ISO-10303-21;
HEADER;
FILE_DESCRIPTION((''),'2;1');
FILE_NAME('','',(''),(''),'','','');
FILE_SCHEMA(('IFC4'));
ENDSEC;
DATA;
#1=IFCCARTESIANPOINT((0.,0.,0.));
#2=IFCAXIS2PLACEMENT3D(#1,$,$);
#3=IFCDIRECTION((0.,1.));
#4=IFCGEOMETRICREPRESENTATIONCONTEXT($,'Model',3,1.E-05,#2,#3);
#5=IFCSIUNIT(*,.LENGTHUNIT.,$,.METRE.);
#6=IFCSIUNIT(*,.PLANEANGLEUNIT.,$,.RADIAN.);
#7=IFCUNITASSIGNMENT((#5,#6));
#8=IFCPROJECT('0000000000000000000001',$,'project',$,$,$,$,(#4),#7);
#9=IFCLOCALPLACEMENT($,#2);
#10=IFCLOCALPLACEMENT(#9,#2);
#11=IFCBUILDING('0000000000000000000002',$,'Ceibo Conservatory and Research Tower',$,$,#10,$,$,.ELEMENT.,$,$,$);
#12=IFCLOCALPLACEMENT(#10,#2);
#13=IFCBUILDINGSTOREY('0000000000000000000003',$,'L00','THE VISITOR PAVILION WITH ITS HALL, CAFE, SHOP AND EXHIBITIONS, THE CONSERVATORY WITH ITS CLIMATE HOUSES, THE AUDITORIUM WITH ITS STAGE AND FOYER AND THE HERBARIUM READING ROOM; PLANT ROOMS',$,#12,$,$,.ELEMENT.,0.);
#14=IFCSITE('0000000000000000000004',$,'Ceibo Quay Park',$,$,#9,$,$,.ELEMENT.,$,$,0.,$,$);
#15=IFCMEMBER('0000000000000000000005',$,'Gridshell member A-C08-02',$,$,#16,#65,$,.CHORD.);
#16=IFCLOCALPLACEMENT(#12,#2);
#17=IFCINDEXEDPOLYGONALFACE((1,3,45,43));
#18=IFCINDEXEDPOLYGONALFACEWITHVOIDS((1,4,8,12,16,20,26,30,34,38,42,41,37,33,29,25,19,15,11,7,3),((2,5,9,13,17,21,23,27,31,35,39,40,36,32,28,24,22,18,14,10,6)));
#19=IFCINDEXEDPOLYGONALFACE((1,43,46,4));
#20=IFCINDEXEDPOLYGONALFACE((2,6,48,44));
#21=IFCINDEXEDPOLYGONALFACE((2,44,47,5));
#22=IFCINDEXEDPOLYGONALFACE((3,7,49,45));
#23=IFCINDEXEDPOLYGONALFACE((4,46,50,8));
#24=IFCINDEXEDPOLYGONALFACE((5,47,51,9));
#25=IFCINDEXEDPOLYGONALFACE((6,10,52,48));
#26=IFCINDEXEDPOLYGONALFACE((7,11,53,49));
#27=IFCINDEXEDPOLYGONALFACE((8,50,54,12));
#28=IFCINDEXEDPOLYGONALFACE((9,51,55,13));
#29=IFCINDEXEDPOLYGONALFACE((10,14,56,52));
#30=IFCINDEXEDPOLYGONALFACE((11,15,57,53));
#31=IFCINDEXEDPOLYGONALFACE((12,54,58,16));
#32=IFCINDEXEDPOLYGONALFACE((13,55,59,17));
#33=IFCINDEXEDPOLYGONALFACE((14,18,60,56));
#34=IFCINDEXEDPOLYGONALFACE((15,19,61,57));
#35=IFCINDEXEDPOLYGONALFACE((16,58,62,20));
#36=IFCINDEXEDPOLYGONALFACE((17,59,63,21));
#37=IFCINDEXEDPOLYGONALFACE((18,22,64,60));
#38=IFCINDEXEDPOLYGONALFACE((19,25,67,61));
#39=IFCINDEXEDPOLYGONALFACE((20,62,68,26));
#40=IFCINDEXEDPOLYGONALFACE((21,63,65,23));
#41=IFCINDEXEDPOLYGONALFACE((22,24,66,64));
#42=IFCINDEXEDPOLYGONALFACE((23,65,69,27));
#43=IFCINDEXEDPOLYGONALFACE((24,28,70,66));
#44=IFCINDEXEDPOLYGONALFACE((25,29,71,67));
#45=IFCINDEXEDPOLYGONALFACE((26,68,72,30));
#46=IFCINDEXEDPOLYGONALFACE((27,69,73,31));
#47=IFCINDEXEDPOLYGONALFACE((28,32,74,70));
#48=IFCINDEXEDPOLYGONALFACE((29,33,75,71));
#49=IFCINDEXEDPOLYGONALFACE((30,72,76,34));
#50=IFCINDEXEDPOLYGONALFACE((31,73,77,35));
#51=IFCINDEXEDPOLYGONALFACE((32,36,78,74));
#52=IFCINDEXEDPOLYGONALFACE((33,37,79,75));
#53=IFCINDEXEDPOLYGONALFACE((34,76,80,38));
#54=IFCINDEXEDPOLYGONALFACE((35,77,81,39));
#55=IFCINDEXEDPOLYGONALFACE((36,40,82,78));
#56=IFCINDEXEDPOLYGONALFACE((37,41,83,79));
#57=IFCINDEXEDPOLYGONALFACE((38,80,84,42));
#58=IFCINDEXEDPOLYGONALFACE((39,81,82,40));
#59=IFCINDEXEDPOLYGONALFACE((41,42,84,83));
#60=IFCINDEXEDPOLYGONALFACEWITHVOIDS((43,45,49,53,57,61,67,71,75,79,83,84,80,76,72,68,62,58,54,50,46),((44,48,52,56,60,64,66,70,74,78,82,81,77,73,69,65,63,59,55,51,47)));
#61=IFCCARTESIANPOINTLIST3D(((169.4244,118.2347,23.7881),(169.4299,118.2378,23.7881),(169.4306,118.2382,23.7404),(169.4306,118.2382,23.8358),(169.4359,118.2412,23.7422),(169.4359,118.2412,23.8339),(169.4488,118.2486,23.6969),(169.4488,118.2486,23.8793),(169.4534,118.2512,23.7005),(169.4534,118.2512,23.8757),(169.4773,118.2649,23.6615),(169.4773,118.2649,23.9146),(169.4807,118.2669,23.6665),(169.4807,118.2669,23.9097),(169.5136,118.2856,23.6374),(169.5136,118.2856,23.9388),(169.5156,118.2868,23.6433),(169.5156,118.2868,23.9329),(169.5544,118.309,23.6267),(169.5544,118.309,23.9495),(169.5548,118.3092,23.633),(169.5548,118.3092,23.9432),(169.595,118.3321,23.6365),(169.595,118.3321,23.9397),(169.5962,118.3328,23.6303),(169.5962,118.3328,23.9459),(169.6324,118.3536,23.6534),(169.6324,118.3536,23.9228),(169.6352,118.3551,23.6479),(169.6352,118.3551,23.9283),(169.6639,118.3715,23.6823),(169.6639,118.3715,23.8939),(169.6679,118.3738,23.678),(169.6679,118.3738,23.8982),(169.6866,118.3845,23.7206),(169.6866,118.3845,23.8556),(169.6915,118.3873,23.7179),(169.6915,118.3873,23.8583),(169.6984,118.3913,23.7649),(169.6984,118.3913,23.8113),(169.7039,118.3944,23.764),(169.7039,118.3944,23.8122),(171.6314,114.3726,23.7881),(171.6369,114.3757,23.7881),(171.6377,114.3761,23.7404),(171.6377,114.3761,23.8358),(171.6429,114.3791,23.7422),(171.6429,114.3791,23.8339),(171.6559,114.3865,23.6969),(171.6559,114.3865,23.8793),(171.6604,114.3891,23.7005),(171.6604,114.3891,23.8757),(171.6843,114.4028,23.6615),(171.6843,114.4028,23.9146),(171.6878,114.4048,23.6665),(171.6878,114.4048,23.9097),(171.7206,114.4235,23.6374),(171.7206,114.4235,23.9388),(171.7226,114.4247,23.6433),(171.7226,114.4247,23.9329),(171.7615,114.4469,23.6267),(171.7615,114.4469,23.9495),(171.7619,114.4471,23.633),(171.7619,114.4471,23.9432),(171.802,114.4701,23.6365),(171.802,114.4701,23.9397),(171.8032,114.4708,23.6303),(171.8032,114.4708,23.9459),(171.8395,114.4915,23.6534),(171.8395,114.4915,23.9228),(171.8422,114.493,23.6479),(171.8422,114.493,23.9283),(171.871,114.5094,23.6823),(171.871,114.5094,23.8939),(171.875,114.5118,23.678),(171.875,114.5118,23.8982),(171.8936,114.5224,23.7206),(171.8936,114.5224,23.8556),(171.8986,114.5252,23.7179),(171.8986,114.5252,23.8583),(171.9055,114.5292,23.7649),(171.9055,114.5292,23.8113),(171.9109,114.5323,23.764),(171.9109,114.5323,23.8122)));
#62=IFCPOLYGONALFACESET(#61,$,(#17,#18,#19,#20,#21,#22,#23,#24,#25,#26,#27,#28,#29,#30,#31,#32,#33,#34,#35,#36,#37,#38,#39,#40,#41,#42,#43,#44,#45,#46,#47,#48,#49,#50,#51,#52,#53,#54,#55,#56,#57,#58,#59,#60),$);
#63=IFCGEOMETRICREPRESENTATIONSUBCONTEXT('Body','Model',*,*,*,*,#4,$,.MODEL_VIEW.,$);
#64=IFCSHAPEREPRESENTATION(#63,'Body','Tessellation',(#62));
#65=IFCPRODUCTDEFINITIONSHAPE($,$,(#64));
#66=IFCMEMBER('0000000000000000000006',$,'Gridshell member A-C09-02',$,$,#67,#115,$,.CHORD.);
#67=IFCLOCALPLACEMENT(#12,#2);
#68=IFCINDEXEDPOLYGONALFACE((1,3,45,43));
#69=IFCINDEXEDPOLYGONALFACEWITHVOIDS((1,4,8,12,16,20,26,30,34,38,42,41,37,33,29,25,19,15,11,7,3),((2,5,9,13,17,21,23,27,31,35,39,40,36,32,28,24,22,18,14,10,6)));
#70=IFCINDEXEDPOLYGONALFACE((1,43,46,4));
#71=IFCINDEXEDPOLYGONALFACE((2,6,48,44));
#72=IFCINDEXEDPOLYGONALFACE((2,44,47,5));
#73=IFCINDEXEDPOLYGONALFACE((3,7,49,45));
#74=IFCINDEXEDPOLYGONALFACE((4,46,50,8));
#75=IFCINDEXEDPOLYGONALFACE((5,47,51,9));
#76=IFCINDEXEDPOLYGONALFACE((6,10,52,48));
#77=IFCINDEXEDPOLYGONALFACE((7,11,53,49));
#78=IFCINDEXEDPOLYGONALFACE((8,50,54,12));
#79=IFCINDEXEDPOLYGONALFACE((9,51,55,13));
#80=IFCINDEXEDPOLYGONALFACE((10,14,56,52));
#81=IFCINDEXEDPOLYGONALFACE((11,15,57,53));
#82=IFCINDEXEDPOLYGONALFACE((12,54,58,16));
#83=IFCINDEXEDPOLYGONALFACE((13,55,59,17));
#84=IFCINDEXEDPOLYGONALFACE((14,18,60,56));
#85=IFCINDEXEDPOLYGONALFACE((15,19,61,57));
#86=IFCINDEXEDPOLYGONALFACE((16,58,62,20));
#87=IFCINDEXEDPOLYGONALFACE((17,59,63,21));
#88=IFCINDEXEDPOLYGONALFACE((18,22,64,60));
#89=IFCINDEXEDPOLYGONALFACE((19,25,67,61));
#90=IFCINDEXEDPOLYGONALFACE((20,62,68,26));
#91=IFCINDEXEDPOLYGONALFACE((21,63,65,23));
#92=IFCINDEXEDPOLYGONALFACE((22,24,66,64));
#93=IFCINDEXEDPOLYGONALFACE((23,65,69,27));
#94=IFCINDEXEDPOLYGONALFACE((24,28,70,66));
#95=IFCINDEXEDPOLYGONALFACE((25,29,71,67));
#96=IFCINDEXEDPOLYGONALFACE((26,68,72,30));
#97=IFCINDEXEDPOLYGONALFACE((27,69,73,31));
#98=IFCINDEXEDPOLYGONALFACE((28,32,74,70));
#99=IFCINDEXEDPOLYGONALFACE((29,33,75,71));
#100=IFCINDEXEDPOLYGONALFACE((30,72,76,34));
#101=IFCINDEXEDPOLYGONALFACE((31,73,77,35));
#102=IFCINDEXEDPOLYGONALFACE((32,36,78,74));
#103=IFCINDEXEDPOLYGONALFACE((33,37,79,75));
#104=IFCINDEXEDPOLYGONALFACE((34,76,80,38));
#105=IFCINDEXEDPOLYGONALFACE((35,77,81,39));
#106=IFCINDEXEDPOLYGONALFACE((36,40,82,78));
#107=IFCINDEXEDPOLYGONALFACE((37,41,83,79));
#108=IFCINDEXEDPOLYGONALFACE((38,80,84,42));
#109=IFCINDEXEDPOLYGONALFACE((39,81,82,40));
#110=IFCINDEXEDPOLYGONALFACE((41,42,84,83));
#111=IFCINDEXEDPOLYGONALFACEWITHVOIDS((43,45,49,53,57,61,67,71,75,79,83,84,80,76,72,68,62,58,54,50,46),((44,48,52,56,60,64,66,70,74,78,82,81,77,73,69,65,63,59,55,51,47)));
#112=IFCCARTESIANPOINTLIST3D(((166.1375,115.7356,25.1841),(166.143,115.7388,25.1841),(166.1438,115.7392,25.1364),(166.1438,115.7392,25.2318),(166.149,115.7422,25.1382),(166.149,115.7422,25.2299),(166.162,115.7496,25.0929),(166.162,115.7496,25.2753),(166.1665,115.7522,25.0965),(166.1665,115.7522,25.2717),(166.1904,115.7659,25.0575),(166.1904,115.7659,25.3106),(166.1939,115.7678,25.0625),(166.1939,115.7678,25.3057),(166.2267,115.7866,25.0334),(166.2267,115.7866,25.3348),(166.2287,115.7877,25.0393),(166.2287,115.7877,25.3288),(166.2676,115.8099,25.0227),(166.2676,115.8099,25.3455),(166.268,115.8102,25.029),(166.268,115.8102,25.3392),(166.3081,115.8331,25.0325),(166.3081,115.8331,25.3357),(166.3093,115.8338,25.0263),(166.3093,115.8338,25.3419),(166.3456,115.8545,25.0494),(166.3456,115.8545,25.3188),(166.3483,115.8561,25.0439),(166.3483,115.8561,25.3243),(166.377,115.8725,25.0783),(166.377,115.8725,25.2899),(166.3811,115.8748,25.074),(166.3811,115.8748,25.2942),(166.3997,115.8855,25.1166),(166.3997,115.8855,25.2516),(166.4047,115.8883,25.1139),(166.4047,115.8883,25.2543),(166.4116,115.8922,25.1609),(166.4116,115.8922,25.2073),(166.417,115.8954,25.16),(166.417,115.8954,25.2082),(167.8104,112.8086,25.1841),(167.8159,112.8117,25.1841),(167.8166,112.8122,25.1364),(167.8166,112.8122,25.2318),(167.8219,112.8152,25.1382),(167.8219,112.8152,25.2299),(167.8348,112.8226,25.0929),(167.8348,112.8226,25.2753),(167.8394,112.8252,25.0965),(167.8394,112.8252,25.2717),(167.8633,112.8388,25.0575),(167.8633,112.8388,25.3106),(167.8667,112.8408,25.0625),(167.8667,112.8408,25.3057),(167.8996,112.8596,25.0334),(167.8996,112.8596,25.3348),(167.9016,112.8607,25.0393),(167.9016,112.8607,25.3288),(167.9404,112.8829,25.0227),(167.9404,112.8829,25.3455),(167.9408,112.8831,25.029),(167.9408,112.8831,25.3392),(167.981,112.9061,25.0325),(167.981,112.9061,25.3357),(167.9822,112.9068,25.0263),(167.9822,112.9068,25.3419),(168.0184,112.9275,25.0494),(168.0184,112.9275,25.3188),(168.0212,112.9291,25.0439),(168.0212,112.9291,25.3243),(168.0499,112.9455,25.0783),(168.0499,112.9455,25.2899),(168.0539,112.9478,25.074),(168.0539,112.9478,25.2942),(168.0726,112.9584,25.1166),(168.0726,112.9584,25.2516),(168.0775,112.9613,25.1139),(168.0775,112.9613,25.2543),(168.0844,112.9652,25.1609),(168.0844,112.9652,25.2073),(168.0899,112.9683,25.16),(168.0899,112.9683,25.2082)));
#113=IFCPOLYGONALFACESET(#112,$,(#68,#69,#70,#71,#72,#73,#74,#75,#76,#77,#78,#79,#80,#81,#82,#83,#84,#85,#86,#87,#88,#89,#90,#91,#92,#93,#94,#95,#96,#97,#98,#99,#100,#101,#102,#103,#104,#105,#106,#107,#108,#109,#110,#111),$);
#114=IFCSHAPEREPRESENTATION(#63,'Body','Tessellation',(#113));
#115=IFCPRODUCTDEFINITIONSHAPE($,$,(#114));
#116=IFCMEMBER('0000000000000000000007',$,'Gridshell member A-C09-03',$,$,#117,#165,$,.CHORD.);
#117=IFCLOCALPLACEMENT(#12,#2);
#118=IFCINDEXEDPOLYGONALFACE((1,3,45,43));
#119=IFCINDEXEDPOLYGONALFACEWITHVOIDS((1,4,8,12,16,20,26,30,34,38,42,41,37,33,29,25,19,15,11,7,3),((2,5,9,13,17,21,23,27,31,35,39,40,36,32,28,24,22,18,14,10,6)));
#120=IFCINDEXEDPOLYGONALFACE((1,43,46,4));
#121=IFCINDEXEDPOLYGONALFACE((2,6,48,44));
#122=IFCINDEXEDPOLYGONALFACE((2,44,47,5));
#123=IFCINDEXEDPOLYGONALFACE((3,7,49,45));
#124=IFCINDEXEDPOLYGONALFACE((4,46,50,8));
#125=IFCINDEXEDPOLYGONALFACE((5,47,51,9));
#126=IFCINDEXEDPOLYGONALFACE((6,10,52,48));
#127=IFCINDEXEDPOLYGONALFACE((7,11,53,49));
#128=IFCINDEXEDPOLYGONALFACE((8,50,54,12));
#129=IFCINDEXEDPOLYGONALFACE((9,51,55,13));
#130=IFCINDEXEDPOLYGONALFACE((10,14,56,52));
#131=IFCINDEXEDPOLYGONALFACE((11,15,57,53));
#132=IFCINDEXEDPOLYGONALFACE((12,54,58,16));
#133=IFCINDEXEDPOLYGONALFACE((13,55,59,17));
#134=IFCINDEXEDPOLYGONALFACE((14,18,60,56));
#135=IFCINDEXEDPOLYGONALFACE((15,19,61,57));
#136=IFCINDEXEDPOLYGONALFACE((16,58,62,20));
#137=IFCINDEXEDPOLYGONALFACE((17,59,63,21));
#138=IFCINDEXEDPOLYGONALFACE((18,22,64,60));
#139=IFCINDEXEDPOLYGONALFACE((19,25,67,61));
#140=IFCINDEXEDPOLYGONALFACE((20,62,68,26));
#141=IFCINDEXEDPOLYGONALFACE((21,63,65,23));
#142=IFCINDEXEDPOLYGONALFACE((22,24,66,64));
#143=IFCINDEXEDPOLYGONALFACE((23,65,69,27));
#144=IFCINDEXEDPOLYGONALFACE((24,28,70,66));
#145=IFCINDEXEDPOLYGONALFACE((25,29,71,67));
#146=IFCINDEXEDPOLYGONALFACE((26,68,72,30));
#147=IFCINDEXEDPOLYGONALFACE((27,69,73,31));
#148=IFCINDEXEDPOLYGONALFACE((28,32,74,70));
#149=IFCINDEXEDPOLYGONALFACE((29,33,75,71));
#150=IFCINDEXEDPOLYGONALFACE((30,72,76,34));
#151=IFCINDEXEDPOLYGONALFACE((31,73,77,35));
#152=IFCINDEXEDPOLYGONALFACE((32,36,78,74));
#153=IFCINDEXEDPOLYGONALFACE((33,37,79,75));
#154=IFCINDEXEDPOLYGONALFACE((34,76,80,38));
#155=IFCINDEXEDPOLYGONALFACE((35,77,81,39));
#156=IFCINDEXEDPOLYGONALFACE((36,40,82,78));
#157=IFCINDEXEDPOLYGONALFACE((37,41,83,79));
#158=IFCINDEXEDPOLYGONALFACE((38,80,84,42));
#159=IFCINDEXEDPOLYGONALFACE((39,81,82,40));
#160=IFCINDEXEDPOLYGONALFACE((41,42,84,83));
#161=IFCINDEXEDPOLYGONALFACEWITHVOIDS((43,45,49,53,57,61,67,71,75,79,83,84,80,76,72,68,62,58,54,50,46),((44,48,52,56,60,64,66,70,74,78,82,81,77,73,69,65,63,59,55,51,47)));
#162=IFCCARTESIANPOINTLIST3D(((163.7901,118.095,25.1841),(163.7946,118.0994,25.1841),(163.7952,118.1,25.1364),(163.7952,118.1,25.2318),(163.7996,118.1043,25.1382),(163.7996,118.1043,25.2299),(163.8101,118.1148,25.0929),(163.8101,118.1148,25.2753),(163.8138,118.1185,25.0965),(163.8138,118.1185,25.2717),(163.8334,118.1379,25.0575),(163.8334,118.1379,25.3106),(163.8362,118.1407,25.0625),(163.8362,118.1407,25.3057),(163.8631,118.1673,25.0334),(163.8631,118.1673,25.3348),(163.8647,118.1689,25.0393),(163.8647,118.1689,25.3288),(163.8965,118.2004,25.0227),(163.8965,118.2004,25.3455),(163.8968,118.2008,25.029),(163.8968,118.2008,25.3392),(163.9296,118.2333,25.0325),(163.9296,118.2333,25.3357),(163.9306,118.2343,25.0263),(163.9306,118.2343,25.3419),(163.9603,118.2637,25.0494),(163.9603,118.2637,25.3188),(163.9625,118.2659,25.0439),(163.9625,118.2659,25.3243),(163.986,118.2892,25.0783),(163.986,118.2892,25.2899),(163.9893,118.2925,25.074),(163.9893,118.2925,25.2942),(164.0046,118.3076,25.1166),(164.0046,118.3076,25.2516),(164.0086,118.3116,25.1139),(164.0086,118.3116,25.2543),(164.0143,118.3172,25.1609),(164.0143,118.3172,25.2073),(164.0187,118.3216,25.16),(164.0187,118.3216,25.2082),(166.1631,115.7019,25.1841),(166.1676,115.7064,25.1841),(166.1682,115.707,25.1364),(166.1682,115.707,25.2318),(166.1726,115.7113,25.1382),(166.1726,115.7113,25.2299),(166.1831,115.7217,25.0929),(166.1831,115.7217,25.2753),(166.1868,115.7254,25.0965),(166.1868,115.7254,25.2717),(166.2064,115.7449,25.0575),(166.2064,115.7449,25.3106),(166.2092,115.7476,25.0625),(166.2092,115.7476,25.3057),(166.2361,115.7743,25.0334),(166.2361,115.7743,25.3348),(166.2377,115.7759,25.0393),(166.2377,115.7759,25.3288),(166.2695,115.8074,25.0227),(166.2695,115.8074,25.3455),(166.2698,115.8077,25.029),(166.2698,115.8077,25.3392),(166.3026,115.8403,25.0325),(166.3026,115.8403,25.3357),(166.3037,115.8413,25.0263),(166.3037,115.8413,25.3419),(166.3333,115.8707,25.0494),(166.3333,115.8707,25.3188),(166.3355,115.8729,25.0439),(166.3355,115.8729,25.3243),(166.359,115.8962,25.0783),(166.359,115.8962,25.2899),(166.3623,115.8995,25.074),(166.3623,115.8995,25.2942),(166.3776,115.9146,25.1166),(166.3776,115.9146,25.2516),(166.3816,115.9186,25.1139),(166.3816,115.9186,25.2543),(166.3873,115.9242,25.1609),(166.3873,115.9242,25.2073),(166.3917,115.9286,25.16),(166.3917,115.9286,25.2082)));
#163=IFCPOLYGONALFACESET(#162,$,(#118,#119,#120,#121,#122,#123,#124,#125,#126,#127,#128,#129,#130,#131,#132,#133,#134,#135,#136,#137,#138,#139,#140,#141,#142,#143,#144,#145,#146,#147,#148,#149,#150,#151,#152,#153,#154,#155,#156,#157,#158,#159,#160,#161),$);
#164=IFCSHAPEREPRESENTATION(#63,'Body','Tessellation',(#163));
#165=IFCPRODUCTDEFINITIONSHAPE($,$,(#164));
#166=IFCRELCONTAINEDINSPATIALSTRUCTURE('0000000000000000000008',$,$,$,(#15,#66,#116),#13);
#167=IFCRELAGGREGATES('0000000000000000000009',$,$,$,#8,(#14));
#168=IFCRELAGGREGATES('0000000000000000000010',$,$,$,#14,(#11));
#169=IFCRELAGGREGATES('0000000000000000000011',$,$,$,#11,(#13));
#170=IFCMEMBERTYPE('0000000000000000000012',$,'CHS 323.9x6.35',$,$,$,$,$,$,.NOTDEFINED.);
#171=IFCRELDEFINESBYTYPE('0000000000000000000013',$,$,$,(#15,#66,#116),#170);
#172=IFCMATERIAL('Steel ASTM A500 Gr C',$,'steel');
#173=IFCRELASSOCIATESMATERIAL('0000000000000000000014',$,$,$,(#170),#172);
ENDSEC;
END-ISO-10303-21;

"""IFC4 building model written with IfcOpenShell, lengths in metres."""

from ifc_helpers import new_model, si_unit, direction, frame, origin, origin_2d, place, context, subcontext, project, spatial, hollow_circle, extrude, material, material_profile, profile_set, type_object, element, save


model = new_model("IFC4")

# Units and contexts
model_context = context("Model", 3, precision=1e-05, world=origin(), true_north=direction((0.0, 1.0)))
body_context = subcontext(model_context, "Body", "Model", "MODEL_VIEW")
ifc_project = project(units=[si_unit("LENGTHUNIT", "METRE"), si_unit("PLANEANGLEUNIT", "RADIAN")], contexts=[model_context])

# Site, building, storey
site_placement = place(None, origin())
site = spatial("IfcSite", under=ifc_project, at=site_placement, Name="Ceibo Quay Park", CompositionType="ELEMENT", RefElevation=0.0)
building_placement = place(site_placement, origin())
building = spatial("IfcBuilding", under=site, at=building_placement, Name="Ceibo Conservatory and Research Tower", CompositionType="ELEMENT")
storey_placement = place(building_placement, origin())
storey = spatial("IfcBuildingStorey", under=building, at=storey_placement, Name="L00", Description="THE VISITOR PAVILION WITH ITS HALL, CAFE, SHOP AND EXHIBITIONS, THE CONSERVATORY WITH ITS CLIMATE HOUSES, THE AUDITORIUM WITH ITS STAGE AND FOYER AND THE HERBARIUM READING ROOM; PLANT ROOMS", CompositionType="ELEMENT", Elevation=0.0)

# Members
ifc_material_1 = material(Name="Steel ASTM A500 Gr C", Category="steel")
ifc_material_profile_1 = material_profile(ifc_material_1, hollow_circle(Radius=0.1619, WallThickness=0.0063, at=origin_2d()), Name="CHS 323.9x6.35")
ifc_profile_set_1 = profile_set([ifc_material_profile_1], Name="Steel ASTM A500 Gr C")
member_type_1 = type_object("IfcMemberType", Name="CHS 323.9x6.35", PredefinedType="NOTDEFINED", material=ifc_profile_set_1)
member_1_placement = place(storey_placement, frame((171.772, 114.4529, 23.7881), z_axis=(-0.496163, 0.86823, 0.0), x_axis=(-0.86823, -0.496163, 0.0)))
element("IfcMember", 1, at=member_1_placement, inside=storey, type_object=member_type_1, Name="Gridshell member A-C08-02", PredefinedType="CHORD", context=body_context, shape_type="SweptSolid", body=[
    extrude(hollow_circle(Radius=0.1619, WallThickness=0.0063, at=origin_2d()), origin(), (0.0, 0.0, 1.0), 4.4482),
])
member_2_placement = place(storey_placement, frame((167.9509, 112.8889, 25.1841), z_axis=(-0.496201, 0.868207, 0.0), x_axis=(-0.868207, -0.496201, 0.0)))
element("IfcMember", 2, at=member_2_placement, inside=storey, type_object=member_type_1, Name="Gridshell member A-C09-02", PredefinedType="CHORD", context=body_context, shape_type="SweptSolid", body=[
    extrude(hollow_circle(Radius=0.1619, WallThickness=0.0063, at=origin_2d()), origin(), (0.0, 0.0, 1.0), 3.3713),
])
member_3_placement = place(storey_placement, frame((166.2781, 115.8159, 25.1841), z_axis=(-0.70413, 0.710071, 0.0), x_axis=(-0.710071, -0.70413, 0.0)))
element("IfcMember", 3, at=member_3_placement, inside=storey, type_object=member_type_1, Name="Gridshell member A-C09-03", PredefinedType="CHORD", context=body_context, shape_type="SweptSolid", body=[
    extrude(hollow_circle(Radius=0.1619, WallThickness=0.0063, at=origin_2d()), origin(), (0.0, 0.0, 1.0), 3.3701),
])

save(model, "model.ifc")
